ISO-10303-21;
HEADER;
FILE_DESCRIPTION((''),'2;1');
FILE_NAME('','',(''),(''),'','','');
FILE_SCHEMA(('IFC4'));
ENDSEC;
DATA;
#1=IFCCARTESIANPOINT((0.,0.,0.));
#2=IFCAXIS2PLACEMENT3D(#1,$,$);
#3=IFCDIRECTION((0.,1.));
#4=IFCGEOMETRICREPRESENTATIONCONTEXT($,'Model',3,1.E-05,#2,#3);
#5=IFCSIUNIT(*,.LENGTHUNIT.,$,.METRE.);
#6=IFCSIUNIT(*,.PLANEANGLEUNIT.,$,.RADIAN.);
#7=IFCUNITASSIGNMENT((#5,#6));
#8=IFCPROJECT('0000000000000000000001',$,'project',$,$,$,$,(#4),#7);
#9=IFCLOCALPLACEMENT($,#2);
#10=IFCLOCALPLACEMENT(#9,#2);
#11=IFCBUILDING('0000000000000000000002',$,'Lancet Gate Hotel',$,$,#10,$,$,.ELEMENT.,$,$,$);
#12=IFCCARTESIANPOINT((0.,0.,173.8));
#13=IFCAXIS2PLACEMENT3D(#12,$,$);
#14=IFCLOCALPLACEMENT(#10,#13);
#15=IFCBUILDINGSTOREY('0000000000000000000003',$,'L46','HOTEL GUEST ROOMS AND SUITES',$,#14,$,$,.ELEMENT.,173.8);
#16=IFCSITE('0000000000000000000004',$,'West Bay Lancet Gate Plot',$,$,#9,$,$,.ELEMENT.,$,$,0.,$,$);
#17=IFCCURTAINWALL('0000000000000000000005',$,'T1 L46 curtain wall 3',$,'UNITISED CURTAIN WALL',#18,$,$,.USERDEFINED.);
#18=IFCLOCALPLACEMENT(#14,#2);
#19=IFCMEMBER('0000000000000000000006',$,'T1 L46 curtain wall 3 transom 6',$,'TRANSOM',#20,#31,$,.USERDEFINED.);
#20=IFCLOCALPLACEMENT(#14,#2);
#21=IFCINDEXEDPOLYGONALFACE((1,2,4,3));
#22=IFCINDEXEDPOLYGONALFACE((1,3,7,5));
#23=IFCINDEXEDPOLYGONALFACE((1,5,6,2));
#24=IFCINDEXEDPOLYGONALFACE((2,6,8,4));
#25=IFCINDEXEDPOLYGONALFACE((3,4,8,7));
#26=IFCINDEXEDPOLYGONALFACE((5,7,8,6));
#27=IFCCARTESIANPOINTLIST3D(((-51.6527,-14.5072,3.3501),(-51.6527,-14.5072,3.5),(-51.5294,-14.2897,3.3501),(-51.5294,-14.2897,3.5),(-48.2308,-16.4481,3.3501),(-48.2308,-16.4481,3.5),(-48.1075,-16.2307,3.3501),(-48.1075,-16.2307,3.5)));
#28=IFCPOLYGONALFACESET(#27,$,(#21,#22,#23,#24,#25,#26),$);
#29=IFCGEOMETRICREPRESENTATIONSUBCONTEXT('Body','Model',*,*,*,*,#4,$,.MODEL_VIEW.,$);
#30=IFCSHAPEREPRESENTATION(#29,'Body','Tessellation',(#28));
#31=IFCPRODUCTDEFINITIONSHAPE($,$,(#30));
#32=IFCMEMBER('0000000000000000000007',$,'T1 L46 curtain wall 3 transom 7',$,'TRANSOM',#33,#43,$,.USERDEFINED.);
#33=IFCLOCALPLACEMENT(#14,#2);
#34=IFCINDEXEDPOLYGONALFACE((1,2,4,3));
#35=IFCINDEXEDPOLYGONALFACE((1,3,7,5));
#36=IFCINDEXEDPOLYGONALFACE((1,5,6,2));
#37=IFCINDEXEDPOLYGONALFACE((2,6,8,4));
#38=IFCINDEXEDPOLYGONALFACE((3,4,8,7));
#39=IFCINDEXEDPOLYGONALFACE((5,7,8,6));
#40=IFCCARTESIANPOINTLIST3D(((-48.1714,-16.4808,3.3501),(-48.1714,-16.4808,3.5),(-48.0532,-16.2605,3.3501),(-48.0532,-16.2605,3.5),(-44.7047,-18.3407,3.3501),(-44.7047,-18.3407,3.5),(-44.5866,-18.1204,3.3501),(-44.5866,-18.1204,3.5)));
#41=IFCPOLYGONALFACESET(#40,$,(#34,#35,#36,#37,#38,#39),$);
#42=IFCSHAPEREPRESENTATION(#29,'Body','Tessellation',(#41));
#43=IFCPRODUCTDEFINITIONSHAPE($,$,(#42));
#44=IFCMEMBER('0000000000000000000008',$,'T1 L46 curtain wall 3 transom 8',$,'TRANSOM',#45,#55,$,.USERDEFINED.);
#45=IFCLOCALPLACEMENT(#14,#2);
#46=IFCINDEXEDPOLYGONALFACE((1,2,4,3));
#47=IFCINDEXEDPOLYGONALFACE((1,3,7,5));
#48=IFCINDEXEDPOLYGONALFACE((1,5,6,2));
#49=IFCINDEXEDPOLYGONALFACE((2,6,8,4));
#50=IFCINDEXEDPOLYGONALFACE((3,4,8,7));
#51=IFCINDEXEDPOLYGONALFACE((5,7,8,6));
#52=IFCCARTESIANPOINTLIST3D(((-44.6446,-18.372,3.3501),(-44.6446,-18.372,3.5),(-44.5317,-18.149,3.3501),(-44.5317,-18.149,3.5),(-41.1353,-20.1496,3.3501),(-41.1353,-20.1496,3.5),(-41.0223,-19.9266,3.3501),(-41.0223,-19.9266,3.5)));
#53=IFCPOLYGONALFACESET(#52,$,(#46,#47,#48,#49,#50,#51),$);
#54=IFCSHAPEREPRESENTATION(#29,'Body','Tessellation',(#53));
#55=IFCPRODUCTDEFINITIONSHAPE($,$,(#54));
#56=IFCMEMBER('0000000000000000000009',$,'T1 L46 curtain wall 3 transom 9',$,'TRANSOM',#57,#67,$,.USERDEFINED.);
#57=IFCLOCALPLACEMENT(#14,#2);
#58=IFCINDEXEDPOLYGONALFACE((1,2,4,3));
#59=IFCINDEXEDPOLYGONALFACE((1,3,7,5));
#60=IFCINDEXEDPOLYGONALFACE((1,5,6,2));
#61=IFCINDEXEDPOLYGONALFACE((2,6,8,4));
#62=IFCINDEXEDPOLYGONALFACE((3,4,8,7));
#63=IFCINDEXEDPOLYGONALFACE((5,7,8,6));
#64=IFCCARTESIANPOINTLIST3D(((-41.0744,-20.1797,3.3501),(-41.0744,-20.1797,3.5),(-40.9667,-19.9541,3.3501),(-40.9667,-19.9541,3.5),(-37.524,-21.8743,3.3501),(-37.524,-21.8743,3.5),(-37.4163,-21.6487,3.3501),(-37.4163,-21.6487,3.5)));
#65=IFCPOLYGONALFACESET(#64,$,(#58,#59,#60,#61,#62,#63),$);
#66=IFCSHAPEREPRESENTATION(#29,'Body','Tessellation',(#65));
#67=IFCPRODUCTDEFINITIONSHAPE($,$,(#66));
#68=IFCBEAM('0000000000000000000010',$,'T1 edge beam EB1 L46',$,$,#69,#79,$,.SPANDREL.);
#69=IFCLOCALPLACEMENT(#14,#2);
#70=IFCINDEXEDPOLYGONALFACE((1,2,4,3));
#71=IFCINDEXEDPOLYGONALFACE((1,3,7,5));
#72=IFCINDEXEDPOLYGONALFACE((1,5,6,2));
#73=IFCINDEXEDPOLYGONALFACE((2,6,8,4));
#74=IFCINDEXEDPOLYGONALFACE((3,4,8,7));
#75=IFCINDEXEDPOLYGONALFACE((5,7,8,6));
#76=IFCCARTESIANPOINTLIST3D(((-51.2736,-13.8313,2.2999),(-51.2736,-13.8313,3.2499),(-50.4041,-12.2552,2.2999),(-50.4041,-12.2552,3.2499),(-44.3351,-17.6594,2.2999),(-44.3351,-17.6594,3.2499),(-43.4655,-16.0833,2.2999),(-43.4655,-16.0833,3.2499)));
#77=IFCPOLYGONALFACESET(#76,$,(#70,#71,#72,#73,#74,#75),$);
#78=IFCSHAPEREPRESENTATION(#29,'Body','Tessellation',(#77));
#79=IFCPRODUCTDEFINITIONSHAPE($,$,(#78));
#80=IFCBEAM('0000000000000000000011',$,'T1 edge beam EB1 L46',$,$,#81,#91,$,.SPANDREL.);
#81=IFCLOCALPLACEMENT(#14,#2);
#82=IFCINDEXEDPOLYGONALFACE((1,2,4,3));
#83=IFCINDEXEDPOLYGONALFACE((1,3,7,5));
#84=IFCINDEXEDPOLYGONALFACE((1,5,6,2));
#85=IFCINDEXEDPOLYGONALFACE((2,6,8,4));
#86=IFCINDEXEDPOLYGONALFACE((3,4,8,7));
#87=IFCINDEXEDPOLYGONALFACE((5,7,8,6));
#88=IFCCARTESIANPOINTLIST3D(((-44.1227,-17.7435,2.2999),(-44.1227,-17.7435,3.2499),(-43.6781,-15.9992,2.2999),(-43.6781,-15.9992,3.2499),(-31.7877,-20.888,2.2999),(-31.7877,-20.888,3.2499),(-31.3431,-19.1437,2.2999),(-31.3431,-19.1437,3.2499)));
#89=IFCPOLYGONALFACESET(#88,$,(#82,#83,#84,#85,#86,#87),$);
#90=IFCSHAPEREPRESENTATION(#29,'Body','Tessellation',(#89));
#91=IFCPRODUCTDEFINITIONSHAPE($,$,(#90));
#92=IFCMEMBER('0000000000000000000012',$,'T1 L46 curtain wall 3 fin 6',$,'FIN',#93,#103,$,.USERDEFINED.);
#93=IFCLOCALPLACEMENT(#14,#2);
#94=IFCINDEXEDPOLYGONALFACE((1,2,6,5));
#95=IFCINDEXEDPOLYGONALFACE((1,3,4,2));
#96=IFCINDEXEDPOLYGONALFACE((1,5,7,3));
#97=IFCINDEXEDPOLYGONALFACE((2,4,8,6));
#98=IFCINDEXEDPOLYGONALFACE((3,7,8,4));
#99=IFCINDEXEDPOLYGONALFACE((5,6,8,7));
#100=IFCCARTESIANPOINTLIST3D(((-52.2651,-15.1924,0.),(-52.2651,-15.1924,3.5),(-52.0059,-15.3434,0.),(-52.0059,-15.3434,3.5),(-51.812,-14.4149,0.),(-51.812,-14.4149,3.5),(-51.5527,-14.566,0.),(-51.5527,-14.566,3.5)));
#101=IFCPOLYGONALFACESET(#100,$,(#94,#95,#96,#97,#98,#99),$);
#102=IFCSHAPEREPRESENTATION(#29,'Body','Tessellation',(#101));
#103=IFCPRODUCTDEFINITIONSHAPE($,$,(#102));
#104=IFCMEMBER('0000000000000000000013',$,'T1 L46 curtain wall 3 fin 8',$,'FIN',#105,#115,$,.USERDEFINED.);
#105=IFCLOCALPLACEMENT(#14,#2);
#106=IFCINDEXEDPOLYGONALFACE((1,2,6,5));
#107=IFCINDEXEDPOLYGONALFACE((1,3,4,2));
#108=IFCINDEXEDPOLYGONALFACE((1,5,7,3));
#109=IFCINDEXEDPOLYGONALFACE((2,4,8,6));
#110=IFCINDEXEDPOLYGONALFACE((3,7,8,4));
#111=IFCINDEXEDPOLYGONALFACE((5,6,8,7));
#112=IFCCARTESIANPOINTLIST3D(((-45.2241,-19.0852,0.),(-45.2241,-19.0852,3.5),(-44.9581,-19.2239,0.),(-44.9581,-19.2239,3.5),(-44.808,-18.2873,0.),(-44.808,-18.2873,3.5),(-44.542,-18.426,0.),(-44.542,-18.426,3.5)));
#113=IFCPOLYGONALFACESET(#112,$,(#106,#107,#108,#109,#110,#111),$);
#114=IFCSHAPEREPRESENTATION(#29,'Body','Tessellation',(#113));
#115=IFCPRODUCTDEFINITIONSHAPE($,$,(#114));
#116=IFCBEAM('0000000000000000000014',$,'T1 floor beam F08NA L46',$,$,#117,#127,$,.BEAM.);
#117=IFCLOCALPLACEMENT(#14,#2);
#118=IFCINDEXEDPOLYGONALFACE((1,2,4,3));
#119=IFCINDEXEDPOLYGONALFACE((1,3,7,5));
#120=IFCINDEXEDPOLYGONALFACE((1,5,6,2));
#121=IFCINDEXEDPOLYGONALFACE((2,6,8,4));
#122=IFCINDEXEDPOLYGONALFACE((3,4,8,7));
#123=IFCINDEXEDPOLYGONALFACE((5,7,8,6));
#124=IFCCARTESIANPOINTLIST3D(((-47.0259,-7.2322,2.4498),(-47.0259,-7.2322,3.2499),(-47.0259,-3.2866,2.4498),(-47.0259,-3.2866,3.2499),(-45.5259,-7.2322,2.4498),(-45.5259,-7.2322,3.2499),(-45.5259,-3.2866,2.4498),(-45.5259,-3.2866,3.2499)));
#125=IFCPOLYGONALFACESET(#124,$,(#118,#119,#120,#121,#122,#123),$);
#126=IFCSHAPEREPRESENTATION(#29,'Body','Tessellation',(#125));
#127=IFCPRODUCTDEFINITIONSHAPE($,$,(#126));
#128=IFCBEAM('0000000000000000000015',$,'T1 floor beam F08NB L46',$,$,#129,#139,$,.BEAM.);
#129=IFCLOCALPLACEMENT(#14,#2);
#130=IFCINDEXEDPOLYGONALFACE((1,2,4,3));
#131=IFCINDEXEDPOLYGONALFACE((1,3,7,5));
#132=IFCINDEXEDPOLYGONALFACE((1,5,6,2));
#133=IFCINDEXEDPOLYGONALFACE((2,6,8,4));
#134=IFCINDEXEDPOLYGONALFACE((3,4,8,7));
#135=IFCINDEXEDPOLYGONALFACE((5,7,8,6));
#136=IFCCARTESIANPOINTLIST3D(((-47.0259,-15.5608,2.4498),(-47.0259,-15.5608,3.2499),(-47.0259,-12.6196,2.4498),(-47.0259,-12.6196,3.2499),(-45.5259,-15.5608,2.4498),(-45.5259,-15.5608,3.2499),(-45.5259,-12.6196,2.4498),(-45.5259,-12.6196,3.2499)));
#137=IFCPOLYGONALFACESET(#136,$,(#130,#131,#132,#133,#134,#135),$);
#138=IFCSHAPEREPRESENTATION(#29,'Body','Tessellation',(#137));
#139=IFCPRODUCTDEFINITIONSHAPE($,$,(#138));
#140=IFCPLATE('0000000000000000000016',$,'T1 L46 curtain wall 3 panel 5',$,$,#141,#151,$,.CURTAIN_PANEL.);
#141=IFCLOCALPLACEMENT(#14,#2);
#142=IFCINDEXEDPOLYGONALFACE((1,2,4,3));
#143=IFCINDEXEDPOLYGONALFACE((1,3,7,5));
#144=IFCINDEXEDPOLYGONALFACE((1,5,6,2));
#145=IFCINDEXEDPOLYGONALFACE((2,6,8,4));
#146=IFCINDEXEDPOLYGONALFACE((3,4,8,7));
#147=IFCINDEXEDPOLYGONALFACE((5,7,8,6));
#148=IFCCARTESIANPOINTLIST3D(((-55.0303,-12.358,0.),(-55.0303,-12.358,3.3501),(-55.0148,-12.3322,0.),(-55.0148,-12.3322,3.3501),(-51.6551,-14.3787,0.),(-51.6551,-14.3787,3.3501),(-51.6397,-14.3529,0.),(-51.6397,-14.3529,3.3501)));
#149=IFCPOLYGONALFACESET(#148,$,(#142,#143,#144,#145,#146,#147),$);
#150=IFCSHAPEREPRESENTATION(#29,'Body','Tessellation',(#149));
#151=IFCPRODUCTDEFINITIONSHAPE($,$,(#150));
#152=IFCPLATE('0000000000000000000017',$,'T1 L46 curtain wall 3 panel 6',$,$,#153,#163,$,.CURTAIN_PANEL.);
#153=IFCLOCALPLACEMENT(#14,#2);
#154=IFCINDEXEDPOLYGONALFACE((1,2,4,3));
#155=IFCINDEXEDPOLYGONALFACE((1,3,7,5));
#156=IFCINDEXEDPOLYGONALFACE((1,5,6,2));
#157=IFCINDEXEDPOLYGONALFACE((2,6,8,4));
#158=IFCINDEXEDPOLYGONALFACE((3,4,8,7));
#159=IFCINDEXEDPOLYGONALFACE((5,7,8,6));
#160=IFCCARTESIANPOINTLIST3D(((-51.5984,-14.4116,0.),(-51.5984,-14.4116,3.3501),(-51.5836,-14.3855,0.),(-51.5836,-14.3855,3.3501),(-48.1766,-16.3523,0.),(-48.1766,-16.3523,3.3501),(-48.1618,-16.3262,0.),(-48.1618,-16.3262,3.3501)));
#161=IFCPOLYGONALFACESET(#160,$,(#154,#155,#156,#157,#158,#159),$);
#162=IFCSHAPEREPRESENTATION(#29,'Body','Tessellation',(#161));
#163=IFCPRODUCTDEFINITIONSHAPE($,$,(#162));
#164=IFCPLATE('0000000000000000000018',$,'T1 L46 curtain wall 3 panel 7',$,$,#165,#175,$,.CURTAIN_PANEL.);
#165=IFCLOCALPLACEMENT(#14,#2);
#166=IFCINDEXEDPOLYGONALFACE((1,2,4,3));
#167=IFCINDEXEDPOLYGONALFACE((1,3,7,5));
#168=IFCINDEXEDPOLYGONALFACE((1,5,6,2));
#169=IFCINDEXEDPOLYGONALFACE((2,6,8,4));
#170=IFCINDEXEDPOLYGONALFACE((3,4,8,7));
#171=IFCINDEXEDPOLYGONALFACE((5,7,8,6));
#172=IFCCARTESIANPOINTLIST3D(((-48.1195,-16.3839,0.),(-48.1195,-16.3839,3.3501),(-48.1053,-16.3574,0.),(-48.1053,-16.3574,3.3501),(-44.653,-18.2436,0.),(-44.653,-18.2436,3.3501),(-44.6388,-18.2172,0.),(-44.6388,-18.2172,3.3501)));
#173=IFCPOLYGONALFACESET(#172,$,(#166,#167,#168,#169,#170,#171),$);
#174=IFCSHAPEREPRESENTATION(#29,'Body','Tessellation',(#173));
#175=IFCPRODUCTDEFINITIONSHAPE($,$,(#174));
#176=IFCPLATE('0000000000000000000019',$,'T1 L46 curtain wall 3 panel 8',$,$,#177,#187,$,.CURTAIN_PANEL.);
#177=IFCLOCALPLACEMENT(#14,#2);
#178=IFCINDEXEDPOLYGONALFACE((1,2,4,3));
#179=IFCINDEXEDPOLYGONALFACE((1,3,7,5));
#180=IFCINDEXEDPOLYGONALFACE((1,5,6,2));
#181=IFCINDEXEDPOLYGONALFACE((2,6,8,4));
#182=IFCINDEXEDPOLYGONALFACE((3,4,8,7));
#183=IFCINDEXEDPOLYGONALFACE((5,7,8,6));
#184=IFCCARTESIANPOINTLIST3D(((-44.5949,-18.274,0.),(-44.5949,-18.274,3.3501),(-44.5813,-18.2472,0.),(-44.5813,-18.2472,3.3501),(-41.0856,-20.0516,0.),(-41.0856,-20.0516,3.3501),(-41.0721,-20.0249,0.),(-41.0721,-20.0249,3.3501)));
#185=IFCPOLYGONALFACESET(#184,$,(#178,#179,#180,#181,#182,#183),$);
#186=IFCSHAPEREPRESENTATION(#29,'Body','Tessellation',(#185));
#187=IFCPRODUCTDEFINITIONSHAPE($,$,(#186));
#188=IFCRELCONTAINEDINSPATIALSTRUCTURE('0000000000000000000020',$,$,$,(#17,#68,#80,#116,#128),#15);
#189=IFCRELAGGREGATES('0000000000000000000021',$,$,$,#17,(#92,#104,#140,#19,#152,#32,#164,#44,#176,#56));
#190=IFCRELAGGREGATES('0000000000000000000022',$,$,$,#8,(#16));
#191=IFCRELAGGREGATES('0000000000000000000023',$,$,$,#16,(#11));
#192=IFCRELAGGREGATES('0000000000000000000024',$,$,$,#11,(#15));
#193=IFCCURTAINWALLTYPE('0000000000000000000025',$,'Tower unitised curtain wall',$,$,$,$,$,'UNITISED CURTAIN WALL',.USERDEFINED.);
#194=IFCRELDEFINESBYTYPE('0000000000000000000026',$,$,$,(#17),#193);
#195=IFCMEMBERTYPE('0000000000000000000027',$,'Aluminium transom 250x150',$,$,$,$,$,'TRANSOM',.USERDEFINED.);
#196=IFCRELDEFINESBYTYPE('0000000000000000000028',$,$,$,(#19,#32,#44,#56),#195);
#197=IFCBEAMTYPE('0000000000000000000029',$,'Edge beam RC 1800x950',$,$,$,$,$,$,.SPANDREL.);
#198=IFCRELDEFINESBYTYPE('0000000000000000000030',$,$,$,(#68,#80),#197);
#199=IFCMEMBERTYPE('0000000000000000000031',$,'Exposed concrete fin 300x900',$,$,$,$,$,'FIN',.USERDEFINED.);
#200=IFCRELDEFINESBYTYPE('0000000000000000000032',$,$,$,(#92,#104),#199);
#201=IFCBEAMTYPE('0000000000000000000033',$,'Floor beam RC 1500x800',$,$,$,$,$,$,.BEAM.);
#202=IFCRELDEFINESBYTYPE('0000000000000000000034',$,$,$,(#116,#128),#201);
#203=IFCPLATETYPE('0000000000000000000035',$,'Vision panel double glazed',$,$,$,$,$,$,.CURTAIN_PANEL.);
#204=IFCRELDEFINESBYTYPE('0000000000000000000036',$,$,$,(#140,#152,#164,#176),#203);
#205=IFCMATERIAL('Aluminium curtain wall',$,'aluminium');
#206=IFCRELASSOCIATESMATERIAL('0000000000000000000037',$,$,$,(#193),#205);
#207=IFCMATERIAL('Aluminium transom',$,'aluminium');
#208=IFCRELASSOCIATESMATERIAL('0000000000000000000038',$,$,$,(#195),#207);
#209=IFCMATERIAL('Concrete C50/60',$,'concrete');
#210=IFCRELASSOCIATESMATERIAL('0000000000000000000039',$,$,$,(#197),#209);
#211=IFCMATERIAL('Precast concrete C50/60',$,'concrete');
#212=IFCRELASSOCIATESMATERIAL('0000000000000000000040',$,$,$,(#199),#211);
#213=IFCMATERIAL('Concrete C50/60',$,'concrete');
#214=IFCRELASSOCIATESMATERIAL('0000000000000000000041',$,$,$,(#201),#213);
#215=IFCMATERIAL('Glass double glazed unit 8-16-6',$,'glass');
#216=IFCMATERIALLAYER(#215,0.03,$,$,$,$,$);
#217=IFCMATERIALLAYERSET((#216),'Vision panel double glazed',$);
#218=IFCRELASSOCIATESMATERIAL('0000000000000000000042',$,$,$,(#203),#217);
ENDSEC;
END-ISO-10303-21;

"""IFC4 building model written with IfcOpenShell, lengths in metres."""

from ifc_helpers import new_model, si_unit, direction, frame, origin, origin_2d, place, context, subcontext, project, spatial, rectangle, extrude, material, layer, layer_set, material_profile, profile_set, type_object, element, aggregate, save


model = new_model("IFC4")

# Units and contexts
model_context = context("Model", 3, precision=1e-05, world=origin(), true_north=direction((0.0, 1.0)))
body_context = subcontext(model_context, "Body", "Model", "MODEL_VIEW")
ifc_project = project(units=[si_unit("LENGTHUNIT", "METRE"), si_unit("PLANEANGLEUNIT", "RADIAN")], contexts=[model_context])

# Site, building, storey
site_placement = place(None, origin())
site = spatial("IfcSite", under=ifc_project, at=site_placement, Name="West Bay Lancet Gate Plot", CompositionType="ELEMENT", RefElevation=0.0)
building_placement = place(site_placement, origin())
building = spatial("IfcBuilding", under=site, at=building_placement, Name="Lancet Gate Hotel", CompositionType="ELEMENT")
storey_placement = place(building_placement, frame((0.0, 0.0, 173.8)))
storey = spatial("IfcBuildingStorey", under=building, at=storey_placement, Name="L46", Description="HOTEL GUEST ROOMS AND SUITES", CompositionType="ELEMENT", Elevation=173.8)

# Curtain wall, members
ifc_material_1 = material(Name="Aluminium curtain wall", Category="aluminium")
curtain_wall_type = type_object("IfcCurtainWallType", Name="Tower unitised curtain wall", ElementType="UNITISED CURTAIN WALL", PredefinedType="USERDEFINED", material=ifc_material_1)
curtain_wall_placement = place(storey_placement, origin())
curtain_wall = element("IfcCurtainWall", 1, at=curtain_wall_placement, inside=storey, type_object=curtain_wall_type, Name="T1 L46 curtain wall 3", ObjectType="UNITISED CURTAIN WALL", PredefinedType="USERDEFINED")
ifc_material_2 = material(Name="Aluminium transom", Category="aluminium")
ifc_material_profile_1 = material_profile(ifc_material_2, rectangle(XDim=0.25, YDim=0.1499, at=origin_2d()), Name="TRANSOM 250x150")
ifc_profile_set_1 = profile_set([ifc_material_profile_1], Name="Aluminium transom")
member_type_1 = type_object("IfcMemberType", Name="Aluminium transom 250x150", ElementType="TRANSOM", PredefinedType="USERDEFINED", material=ifc_profile_set_1)
member_1_placement = place(storey_placement, frame((-51.5911, -14.3984, 3.425), z_axis=(0.86982, -0.49337, 0.0), x_axis=(0.49337, 0.86982, 0.0)))
member_1 = element("IfcMember", 2, at=member_1_placement, type_object=member_type_1, Name="T1 L46 curtain wall 3 transom 6", ObjectType="TRANSOM", PredefinedType="USERDEFINED", context=body_context, shape_type="SweptSolid", body=[
    extrude(rectangle(XDim=0.25, YDim=0.1499, at=origin_2d()), origin(), (0.0, 0.0, 1.0), 3.9341),
])
member_2_placement = place(storey_placement, frame((-48.1123, -16.3706, 3.425), z_axis=(0.881185, -0.472771, 0.0), x_axis=(0.472771, 0.881185, 0.0)))
member_2 = element("IfcMember", 3, at=member_2_placement, type_object=member_type_1, Name="T1 L46 curtain wall 3 transom 7", ObjectType="TRANSOM", PredefinedType="USERDEFINED", context=body_context, shape_type="SweptSolid", body=[
    extrude(rectangle(XDim=0.25, YDim=0.1499, at=origin_2d()), origin(), (0.0, 0.0, 1.0), 3.9341),
])
member_3_placement = place(storey_placement, frame((-44.5881, -18.2605, 3.425), z_axis=(0.892081, -0.451875, 0.0), x_axis=(0.451875, 0.892081, 0.0)))
member_3 = element("IfcMember", 4, at=member_3_placement, type_object=member_type_1, Name="T1 L46 curtain wall 3 transom 8", ObjectType="TRANSOM", PredefinedType="USERDEFINED", context=body_context, shape_type="SweptSolid", body=[
    extrude(rectangle(XDim=0.25, YDim=0.1499, at=origin_2d()), origin(), (0.0, 0.0, 1.0), 3.9338),
])
member_4_placement = place(storey_placement, frame((-41.0205, -20.0669, 3.425), z_axis=(0.902469, -0.430755, 0.0), x_axis=(0.430755, 0.902469, 0.0)))
member_4 = element("IfcMember", 5, at=member_4_placement, type_object=member_type_1, Name="T1 L46 curtain wall 3 transom 9", ObjectType="TRANSOM", PredefinedType="USERDEFINED", context=body_context, shape_type="SweptSolid", body=[
    extrude(rectangle(XDim=0.25, YDim=0.1499, at=origin_2d()), origin(), (0.0, 0.0, 1.0), 3.9341),
])

# Beams
ifc_material_3 = material(Name="Concrete C50/60", Category="concrete")
ifc_material_profile_2 = material_profile(ifc_material_3, rectangle(XDim=1.8, YDim=0.95, at=origin_2d()), Name="RC 1800x950")
ifc_profile_set_2 = profile_set([ifc_material_profile_2], Name="Concrete C50/60")
beam_type_1 = type_object("IfcBeamType", Name="Edge beam RC 1800x950", PredefinedType="SPANDREL", material=ifc_profile_set_2)
beam_1_placement = place(storey_placement, frame((-50.8389, -13.0432, 2.7749), z_axis=(0.875578, -0.483077, 0.0), x_axis=(0.483077, 0.875578, 0.0)))
element("IfcBeam", 6, at=beam_1_placement, inside=storey, type_object=beam_type_1, Name="T1 edge beam EB1 L46", PredefinedType="SPANDREL", context=body_context, shape_type="SweptSolid", body=[
    extrude(rectangle(XDim=1.8, YDim=0.95, at=origin_2d()), origin(), (0.0, 0.0, 1.0), 7.9246),
])
beam_2_placement = place(storey_placement, frame((-43.9004, -16.8713, 2.7749), z_axis=(0.969008, -0.247028, 0.0), x_axis=(0.247028, 0.969008, 0.0)))
element("IfcBeam", 7, at=beam_2_placement, inside=storey, type_object=beam_type_1, Name="T1 edge beam EB1 L46", PredefinedType="SPANDREL", context=body_context, shape_type="SweptSolid", body=[
    extrude(rectangle(XDim=1.8, YDim=0.95, at=origin_2d()), origin(), (0.0, 0.0, 1.0), 12.7295),
])

# Members
ifc_material_4 = material(Name="Precast concrete C50/60", Category="concrete")
ifc_material_profile_3 = material_profile(ifc_material_4, rectangle(XDim=0.3, YDim=0.8999, at=origin_2d()), Name="FIN 300x900")
ifc_profile_set_3 = profile_set([ifc_material_profile_3], Name="Precast concrete C50/60")
member_type_2 = type_object("IfcMemberType", Name="Exposed concrete fin 300x900", ElementType="FIN", PredefinedType="USERDEFINED", material=ifc_profile_set_3)
member_5_placement = place(storey_placement, frame((-51.9089, -14.8792, 0.0), z_axis=(0.0, 0.0, 1.0), x_axis=(0.863969, -0.503545, 0.0)))
member_5 = element("IfcMember", 8, at=member_5_placement, type_object=member_type_2, Name="T1 L46 curtain wall 3 fin 6", ObjectType="FIN", PredefinedType="USERDEFINED", context=body_context, shape_type="SweptSolid", body=[
    extrude(rectangle(XDim=0.3, YDim=0.8999, at=origin_2d()), origin(), (0.0, 0.0, 1.0), 3.5),
])
member_6_placement = place(storey_placement, frame((-44.8831, -18.7556, 0.0), z_axis=(0.0, 0.0, 1.0), x_axis=(0.886694, -0.462356, 0.0)))
member_6 = element("IfcMember", 9, at=member_6_placement, type_object=member_type_2, Name="T1 L46 curtain wall 3 fin 8", ObjectType="FIN", PredefinedType="USERDEFINED", context=body_context, shape_type="SweptSolid", body=[
    extrude(rectangle(XDim=0.3, YDim=0.8999, at=origin_2d()), origin(), (0.0, 0.0, 1.0), 3.5),
])

# Beams
ifc_material_5 = material(Name="Concrete C50/60", Category="concrete")
ifc_material_profile_4 = material_profile(ifc_material_5, rectangle(XDim=1.5, YDim=0.8, at=origin_2d()), Name="RC 1500x800")
ifc_profile_set_4 = profile_set([ifc_material_profile_4], Name="Concrete C50/60")
beam_type_2 = type_object("IfcBeamType", Name="Floor beam RC 1500x800", PredefinedType="BEAM", material=ifc_profile_set_4)
beam_3_placement = place(storey_placement, frame((-46.2759, -3.2866, 2.8499), z_axis=(0.0, -1.0, 0.0), x_axis=(1.0, 0.0, 0.0)))
element("IfcBeam", 10, at=beam_3_placement, inside=storey, type_object=beam_type_2, Name="T1 floor beam F08NA L46", PredefinedType="BEAM", context=body_context, shape_type="SweptSolid", body=[
    extrude(rectangle(XDim=1.5, YDim=0.8, at=origin_2d()), origin(), (0.0, 0.0, 1.0), 3.9456),
])
beam_4_placement = place(storey_placement, frame((-46.2759, -12.6196, 2.8499), z_axis=(0.0, -1.0, 0.0), x_axis=(1.0, 0.0, 0.0)))
element("IfcBeam", 11, at=beam_4_placement, inside=storey, type_object=beam_type_2, Name="T1 floor beam F08NB L46", PredefinedType="BEAM", context=body_context, shape_type="SweptSolid", body=[
    extrude(rectangle(XDim=1.5, YDim=0.8, at=origin_2d()), origin(), (0.0, 0.0, 1.0), 2.9412),
])

# Plates
ifc_material_6 = material(Name="Glass double glazed unit 8-16-6", Category="glass")
ifc_layer_1 = layer(ifc_material_6, 0.03)
ifc_layer_set_1 = layer_set([ifc_layer_1], Name="Vision panel double glazed")
plate_type = type_object("IfcPlateType", Name="Vision panel double glazed", PredefinedType="CURTAIN_PANEL", material=ifc_layer_set_1)
plate_1_placement = place(storey_placement, frame((-53.335, -13.3555, 0.0), z_axis=(0.0, 0.0, 1.0), x_axis=(0.857987, -0.513672, 0.0)))
plate_1 = element("IfcPlate", 12, at=plate_1_placement, type_object=plate_type, Name="T1 L46 curtain wall 3 panel 5", PredefinedType="CURTAIN_PANEL", context=body_context, shape_type="SweptSolid", body=[
    extrude(rectangle(XDim=3.9338, YDim=0.03, at=origin_2d()), origin(), (0.0, 0.0, 1.0), 3.3501),
])
plate_2_placement = place(storey_placement, frame((-49.8801, -15.3689, 0.0), z_axis=(0.0, 0.0, 1.0), x_axis=(0.869831, -0.493349, 0.0)))
plate_2 = element("IfcPlate", 13, at=plate_2_placement, type_object=plate_type, Name="T1 L46 curtain wall 3 panel 6", PredefinedType="CURTAIN_PANEL", context=body_context, shape_type="SweptSolid", body=[
    extrude(rectangle(XDim=3.9338, YDim=0.03, at=origin_2d()), origin(), (0.0, 0.0, 1.0), 3.3501),
])
plate_3_placement = place(storey_placement, frame((-46.3792, -17.3005, 0.0), z_axis=(0.0, 0.0, 1.0), x_axis=(0.881195, -0.472753, 0.0)))
plate_3 = element("IfcPlate", 14, at=plate_3_placement, type_object=plate_type, Name="T1 L46 curtain wall 3 panel 7", PredefinedType="CURTAIN_PANEL", context=body_context, shape_type="SweptSolid", body=[
    extrude(rectangle(XDim=3.9338, YDim=0.03, at=origin_2d()), origin(), (0.0, 0.0, 1.0), 3.3501),
])
plate_4_placement = place(storey_placement, frame((-42.8335, -19.1494, 0.0), z_axis=(0.0, 0.0, 1.0), x_axis=(0.892071, -0.451895, 0.0)))
plate_4 = element("IfcPlate", 15, at=plate_4_placement, type_object=plate_type, Name="T1 L46 curtain wall 3 panel 8", PredefinedType="CURTAIN_PANEL", context=body_context, shape_type="SweptSolid", body=[
    extrude(rectangle(XDim=3.9338, YDim=0.03, at=origin_2d()), origin(), (0.0, 0.0, 1.0), 3.3501),
])
aggregate(curtain_wall, [member_5, member_6, plate_1, member_1, plate_2, member_2, plate_3, member_3, plate_4, member_4])

save(model, "model.ifc")
